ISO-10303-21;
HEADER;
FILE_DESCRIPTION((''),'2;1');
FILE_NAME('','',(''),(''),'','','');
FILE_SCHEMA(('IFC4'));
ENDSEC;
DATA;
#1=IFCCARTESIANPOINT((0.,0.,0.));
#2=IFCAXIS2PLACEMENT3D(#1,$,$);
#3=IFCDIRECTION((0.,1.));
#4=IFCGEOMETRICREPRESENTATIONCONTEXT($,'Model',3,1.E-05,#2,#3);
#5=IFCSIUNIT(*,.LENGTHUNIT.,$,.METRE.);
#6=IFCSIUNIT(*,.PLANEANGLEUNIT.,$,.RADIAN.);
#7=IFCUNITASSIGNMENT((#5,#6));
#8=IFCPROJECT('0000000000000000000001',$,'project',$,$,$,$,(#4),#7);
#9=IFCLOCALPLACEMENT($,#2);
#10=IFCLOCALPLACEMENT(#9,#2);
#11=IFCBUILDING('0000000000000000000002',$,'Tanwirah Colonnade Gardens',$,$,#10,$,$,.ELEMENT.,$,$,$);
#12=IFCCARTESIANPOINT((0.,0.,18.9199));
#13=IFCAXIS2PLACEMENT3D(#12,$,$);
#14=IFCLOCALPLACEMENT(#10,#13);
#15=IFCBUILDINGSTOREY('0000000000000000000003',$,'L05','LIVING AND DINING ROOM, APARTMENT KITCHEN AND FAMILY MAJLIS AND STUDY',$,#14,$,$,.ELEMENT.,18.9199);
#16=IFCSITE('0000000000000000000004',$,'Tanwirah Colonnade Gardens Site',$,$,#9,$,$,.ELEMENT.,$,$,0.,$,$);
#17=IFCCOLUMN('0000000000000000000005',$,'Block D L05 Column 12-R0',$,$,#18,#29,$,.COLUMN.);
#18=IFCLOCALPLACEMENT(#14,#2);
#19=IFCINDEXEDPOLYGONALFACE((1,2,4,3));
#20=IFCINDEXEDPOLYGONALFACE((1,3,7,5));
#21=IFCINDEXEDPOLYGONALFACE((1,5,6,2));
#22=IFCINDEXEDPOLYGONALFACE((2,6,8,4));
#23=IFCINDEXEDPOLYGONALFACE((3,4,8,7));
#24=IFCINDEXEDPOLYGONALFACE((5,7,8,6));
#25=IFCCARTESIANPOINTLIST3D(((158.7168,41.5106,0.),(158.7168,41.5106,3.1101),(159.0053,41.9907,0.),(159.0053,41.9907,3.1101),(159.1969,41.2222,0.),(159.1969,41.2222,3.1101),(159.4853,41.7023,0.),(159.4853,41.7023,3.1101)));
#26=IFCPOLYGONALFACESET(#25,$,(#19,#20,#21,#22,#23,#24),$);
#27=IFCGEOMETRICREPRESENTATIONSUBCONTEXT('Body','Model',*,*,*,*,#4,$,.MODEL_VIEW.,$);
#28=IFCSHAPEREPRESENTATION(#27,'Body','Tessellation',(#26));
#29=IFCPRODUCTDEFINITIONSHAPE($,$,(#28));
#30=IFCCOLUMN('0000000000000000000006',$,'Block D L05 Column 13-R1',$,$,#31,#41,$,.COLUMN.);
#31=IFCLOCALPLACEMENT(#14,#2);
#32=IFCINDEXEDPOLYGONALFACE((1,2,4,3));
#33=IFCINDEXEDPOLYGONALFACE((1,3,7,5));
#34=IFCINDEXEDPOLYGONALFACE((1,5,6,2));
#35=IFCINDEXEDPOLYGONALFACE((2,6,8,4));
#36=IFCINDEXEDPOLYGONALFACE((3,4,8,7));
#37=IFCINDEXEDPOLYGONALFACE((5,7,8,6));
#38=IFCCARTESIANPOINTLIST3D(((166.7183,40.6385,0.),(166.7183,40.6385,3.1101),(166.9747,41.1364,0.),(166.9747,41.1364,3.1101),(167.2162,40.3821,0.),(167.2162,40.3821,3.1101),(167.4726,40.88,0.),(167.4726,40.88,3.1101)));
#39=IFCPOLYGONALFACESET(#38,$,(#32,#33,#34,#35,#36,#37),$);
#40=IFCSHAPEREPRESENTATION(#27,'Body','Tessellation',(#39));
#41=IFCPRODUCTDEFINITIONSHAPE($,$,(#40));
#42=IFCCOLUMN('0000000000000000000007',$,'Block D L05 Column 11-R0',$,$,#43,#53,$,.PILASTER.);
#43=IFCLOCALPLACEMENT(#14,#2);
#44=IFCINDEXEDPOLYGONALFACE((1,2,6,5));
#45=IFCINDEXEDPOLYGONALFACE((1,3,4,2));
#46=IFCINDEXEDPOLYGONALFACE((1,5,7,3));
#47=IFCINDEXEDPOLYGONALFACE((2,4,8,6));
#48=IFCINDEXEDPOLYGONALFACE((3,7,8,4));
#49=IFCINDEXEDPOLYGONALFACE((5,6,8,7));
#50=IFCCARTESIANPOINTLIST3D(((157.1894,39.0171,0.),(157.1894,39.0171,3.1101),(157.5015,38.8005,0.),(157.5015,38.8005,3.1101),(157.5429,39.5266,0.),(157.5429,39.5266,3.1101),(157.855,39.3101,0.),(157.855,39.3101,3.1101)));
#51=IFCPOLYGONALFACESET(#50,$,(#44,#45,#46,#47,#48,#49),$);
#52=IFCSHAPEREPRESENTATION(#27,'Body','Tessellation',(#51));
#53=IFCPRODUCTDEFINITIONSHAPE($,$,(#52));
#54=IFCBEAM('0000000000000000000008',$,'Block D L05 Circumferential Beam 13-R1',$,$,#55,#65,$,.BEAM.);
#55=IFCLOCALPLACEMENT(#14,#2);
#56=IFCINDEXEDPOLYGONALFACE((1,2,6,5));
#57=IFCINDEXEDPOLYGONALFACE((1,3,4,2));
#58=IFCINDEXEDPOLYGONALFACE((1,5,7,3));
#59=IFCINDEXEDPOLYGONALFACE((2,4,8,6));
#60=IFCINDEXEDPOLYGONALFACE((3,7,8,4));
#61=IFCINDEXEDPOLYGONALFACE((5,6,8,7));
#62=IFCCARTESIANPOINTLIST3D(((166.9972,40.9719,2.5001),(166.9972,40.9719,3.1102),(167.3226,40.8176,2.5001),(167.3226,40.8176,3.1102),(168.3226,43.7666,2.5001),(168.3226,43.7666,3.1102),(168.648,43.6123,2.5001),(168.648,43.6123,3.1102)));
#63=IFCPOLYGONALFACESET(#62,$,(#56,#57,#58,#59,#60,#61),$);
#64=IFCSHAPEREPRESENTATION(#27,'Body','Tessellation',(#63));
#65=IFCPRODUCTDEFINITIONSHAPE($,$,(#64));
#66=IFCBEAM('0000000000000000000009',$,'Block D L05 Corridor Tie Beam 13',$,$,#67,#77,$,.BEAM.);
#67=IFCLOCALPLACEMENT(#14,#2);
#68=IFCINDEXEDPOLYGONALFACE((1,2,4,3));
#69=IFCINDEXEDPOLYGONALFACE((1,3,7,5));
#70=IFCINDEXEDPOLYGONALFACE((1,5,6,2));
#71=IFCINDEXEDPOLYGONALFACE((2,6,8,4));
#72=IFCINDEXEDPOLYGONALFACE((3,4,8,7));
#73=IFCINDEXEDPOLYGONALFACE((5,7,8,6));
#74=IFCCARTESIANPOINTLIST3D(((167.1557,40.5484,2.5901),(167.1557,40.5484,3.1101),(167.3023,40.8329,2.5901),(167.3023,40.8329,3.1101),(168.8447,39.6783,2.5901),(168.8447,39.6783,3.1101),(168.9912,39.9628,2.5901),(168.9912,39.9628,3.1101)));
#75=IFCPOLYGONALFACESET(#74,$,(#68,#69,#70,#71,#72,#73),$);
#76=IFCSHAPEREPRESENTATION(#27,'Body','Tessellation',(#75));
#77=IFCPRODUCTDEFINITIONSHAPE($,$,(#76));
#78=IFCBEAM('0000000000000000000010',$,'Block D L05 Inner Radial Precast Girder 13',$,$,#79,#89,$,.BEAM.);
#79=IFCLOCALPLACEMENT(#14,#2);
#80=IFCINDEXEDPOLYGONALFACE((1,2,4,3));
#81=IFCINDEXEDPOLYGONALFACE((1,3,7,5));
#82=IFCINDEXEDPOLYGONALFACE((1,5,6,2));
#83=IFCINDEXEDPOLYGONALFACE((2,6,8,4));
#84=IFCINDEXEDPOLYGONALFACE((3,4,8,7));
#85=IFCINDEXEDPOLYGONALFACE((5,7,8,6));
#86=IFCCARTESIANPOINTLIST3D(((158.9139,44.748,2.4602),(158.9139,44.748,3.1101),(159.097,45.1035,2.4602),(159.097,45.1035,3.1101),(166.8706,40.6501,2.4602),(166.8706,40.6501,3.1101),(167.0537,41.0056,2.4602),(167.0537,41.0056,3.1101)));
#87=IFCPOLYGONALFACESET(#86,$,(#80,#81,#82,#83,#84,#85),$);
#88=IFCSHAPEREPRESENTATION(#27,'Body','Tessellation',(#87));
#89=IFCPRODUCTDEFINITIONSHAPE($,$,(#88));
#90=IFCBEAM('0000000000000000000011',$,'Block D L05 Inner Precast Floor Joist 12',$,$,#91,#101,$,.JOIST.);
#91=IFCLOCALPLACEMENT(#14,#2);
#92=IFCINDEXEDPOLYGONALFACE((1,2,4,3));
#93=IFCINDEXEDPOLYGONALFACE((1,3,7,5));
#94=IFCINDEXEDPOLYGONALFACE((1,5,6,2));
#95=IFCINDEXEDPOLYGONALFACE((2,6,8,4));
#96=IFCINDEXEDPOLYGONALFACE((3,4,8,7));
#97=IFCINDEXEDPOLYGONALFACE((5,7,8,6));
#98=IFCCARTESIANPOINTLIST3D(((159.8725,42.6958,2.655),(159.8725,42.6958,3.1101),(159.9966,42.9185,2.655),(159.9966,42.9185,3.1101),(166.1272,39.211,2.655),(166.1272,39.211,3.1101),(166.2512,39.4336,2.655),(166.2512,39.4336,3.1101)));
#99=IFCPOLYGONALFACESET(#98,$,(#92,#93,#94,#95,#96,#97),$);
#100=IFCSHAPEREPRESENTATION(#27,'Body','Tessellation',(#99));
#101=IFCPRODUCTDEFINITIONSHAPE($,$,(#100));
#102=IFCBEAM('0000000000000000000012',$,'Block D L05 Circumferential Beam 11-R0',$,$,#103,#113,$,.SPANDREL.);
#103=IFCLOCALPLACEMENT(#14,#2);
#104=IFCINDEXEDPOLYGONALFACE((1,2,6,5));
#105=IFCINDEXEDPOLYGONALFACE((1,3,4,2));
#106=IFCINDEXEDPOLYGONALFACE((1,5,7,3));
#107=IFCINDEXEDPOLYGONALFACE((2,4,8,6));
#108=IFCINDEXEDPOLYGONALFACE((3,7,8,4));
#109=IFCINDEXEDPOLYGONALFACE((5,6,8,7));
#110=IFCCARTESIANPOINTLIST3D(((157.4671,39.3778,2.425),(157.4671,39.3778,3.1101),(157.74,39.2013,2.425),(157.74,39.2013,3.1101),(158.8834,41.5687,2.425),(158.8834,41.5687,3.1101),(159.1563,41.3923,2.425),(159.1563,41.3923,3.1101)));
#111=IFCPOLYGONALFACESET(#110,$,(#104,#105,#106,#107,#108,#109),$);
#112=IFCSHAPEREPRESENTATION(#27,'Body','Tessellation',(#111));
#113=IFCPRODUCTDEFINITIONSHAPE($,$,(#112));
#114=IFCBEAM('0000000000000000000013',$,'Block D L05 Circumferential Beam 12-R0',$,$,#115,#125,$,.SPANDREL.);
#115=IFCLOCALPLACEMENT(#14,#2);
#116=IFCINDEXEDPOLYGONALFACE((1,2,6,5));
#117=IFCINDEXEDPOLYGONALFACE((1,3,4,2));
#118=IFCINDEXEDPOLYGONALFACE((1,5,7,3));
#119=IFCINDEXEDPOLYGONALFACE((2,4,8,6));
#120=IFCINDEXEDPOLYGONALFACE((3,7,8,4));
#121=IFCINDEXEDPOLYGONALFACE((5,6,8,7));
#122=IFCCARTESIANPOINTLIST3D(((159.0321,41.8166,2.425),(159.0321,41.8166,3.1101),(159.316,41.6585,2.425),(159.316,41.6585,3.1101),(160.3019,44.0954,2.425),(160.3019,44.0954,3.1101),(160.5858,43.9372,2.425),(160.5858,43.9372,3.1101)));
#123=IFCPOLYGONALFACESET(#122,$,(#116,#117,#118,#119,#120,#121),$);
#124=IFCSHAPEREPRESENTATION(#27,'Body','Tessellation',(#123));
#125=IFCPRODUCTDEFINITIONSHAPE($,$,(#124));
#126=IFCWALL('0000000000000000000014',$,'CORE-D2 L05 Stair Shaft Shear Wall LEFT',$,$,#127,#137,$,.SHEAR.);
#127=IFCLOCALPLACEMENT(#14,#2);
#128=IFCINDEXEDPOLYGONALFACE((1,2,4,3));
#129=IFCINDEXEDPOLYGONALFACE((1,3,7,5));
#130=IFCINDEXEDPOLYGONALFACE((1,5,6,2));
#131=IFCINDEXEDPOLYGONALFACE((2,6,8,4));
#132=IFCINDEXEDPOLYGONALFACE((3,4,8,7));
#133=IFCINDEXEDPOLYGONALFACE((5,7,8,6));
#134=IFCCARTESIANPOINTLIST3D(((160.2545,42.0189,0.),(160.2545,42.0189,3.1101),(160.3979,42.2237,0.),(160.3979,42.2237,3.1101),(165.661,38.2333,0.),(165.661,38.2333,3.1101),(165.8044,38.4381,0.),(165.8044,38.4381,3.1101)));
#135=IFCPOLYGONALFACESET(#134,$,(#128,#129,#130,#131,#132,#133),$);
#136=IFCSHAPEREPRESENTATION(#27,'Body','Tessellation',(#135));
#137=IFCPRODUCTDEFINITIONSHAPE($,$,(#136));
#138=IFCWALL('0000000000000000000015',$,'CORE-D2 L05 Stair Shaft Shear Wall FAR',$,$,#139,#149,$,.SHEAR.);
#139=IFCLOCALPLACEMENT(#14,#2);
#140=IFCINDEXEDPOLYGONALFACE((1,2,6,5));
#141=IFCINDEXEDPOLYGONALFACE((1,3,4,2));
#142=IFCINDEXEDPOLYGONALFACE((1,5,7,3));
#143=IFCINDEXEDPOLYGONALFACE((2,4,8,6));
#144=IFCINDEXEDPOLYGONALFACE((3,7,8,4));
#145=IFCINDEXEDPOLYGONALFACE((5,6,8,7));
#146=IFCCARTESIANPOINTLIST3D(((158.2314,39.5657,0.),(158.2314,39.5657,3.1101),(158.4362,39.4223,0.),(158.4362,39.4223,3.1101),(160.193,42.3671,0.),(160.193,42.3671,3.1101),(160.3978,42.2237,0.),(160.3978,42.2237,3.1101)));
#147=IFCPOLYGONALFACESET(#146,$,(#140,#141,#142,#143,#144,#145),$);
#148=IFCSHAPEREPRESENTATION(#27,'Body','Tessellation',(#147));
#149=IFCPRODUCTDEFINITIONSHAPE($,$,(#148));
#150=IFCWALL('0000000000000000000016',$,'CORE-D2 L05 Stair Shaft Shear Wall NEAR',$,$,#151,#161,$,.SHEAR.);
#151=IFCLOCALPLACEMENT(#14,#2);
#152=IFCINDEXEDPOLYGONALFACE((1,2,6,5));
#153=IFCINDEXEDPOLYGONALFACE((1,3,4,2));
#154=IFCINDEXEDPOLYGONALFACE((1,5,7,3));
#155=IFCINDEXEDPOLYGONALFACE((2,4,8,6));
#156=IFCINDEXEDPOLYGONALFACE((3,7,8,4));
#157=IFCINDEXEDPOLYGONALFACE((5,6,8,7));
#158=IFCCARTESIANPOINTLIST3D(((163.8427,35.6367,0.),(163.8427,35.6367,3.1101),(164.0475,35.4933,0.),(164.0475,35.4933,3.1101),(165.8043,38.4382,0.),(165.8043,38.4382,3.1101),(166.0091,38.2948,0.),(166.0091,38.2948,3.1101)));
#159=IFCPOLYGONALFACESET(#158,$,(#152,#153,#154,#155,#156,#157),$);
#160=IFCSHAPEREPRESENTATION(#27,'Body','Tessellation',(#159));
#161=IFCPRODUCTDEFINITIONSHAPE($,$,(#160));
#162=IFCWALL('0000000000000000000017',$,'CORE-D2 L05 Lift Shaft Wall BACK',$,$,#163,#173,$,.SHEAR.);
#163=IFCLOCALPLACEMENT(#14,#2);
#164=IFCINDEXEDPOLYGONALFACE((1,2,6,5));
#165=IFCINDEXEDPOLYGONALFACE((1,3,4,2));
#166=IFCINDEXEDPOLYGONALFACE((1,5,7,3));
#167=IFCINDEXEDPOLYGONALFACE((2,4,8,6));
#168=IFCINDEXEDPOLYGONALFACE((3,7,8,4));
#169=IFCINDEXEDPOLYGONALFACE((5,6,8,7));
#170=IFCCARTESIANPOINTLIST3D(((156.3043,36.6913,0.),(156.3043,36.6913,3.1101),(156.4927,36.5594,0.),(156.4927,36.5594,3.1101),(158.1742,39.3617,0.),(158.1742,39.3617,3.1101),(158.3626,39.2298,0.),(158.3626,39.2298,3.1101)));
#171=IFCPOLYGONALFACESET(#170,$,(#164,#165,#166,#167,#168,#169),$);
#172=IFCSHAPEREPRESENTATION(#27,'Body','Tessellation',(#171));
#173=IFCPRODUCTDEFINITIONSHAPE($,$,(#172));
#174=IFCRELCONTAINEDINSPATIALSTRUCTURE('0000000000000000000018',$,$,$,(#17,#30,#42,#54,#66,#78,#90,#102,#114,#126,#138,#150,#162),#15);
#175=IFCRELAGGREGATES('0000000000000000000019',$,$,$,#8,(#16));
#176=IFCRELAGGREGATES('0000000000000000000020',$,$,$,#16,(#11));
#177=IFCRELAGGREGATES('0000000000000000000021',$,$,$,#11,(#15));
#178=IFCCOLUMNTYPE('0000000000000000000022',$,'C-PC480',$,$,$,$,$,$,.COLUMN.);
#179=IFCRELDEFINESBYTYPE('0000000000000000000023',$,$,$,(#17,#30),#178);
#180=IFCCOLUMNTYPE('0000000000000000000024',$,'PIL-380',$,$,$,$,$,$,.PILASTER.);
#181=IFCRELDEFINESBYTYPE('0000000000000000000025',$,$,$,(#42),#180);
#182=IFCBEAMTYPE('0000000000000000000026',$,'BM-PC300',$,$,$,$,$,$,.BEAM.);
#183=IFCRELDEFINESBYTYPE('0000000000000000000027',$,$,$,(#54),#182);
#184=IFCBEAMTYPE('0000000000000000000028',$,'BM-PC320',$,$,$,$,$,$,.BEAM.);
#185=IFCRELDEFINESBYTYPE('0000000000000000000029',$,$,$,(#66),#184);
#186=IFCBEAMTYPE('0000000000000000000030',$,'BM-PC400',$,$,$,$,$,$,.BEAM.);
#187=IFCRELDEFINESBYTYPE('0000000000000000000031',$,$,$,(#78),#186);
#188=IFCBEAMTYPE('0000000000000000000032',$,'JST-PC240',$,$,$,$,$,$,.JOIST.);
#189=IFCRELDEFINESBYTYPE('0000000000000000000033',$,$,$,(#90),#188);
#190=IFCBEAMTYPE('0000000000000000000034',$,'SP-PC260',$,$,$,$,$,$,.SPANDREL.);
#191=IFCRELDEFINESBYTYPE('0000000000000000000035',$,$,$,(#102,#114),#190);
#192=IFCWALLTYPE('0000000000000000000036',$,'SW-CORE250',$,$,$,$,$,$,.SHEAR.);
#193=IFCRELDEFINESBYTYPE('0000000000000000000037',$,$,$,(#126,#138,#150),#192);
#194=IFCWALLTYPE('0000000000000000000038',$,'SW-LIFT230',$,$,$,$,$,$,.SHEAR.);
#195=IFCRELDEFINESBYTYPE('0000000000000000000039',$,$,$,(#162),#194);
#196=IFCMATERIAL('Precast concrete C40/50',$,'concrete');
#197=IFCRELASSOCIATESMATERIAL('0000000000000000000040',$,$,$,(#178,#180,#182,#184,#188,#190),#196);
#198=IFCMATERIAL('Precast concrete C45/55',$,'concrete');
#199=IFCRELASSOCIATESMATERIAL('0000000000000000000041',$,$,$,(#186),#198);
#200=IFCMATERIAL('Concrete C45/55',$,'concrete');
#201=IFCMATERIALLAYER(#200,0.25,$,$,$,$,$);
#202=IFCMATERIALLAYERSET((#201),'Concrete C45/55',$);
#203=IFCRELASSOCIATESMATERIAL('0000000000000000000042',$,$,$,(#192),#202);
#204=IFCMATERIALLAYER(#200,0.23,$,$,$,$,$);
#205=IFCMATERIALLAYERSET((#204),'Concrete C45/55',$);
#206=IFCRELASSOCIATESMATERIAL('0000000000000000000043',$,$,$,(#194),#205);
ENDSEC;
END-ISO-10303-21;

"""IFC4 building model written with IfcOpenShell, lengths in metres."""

from ifc_helpers import new_model, si_unit, direction, frame, frame_2d, origin, origin_2d, place, context, subcontext, project, spatial, rectangle, extrude, material, layer, layer_set, material_profile, profile_set, type_object, element, save


model = new_model("IFC4")

# Units and contexts
model_context = context("Model", 3, precision=1e-05, world=origin(), true_north=direction((0.0, 1.0)))
body_context = subcontext(model_context, "Body", "Model", "MODEL_VIEW")
ifc_project = project(units=[si_unit("LENGTHUNIT", "METRE"), si_unit("PLANEANGLEUNIT", "RADIAN")], contexts=[model_context])

# Site, building, storey
site_placement = place(None, origin())
site = spatial("IfcSite", under=ifc_project, at=site_placement, Name="Tanwirah Colonnade Gardens Site", CompositionType="ELEMENT", RefElevation=0.0)
building_placement = place(site_placement, origin())
building = spatial("IfcBuilding", under=site, at=building_placement, Name="Tanwirah Colonnade Gardens", CompositionType="ELEMENT")
storey_placement = place(building_placement, frame((0.0, 0.0, 18.9199)))
storey = spatial("IfcBuildingStorey", under=building, at=storey_placement, Name="L05", Description="LIVING AND DINING ROOM, APARTMENT KITCHEN AND FAMILY MAJLIS AND STUDY", CompositionType="ELEMENT", Elevation=18.9199)

# Columns
ifc_material_1 = material(Name="Precast concrete C40/50", Category="concrete")
ifc_material_profile_1 = material_profile(ifc_material_1, rectangle(XDim=0.5601, YDim=0.5601, at=origin_2d()), Name="PC-COL 560x560")
ifc_profile_set_1 = profile_set([ifc_material_profile_1], Name="Precast concrete C40/50")
column_type_1 = type_object("IfcColumnType", Name="C-PC480", PredefinedType="COLUMN", material=ifc_profile_set_1)
for number, where, z_axis, x_axis, name in (
    (1, (159.1011, 41.6064, 0.0), (0.0, 0.0, 1.0), (0.857167, -0.515038, 0.0), "Block D L05 Column 12-R0"),
    (2, (167.0955, 40.7593, 0.0), (0.0, 0.0, 1.0), (0.889017, -0.457874, 0.0), "Block D L05 Column 13-R1"),
):
    element("IfcColumn", number, at=place(storey_placement, frame(where, z_axis=z_axis, x_axis=x_axis)), inside=storey, type_object=column_type_1, Name=name, PredefinedType="COLUMN", context=body_context, shape_type="SweptSolid", body=[
        extrude(rectangle(XDim=0.5601, YDim=0.5601, at=origin_2d()), origin(), (0.0, 0.0, 1.0), 3.1101),
    ])
ifc_material_profile_2 = material_profile(ifc_material_1, rectangle(XDim=0.3799, YDim=0.6201, at=origin_2d()), Name="PC-PIL 380x620")
ifc_profile_set_2 = profile_set([ifc_material_profile_2], Name="Precast concrete C40/50")
column_type_2 = type_object("IfcColumnType", Name="PIL-380", PredefinedType="PILASTER", material=ifc_profile_set_2)
column_placement = place(storey_placement, frame((157.5222, 39.1636, 0.0), z_axis=(0.0, 0.0, 1.0), x_axis=(0.821647, -0.569997, 0.0)))
element("IfcColumn", 3, at=column_placement, inside=storey, type_object=column_type_2, Name="Block D L05 Column 11-R0", PredefinedType="PILASTER", context=body_context, shape_type="SweptSolid", body=[
    extrude(rectangle(XDim=0.3799, YDim=0.6201, at=origin_2d()), origin(), (0.0, 0.0, 1.0), 3.1101),
])

# Beams
ifc_material_profile_3 = material_profile(ifc_material_1, rectangle(XDim=0.3601, YDim=0.6101, at=origin_2d()), Name="PC-BM 360x610")
ifc_profile_set_3 = profile_set([ifc_material_profile_3], Name="Precast concrete C40/50")
beam_type_1 = type_object("IfcBeamType", Name="BM-PC300", PredefinedType="BEAM", material=ifc_profile_set_3)
beam_1_placement = place(storey_placement, frame((167.1599, 40.8948, 2.8052), z_axis=(0.428521, 0.903532, 0.0), x_axis=(-0.903532, 0.428521, 0.0)))
element("IfcBeam", 4, at=beam_1_placement, inside=storey, type_object=beam_type_1, Name="Block D L05 Circumferential Beam 13-R1", PredefinedType="BEAM", context=body_context, shape_type="SweptSolid", body=[
    extrude(rectangle(XDim=0.3601, YDim=0.6101, at=origin_2d()), origin(), (0.0, 0.0, 1.0), 3.093),
])
ifc_material_profile_4 = material_profile(ifc_material_1, rectangle(XDim=0.3201, YDim=0.52, at=origin_2d()), Name="PC-BM 320x520")
ifc_profile_set_4 = profile_set([ifc_material_profile_4], Name="Precast concrete C40/50")
beam_type_2 = type_object("IfcBeamType", Name="BM-PC320", PredefinedType="BEAM", material=ifc_profile_set_4)
beam_2_placement = place(storey_placement, frame((167.229, 40.6907, 2.8501), z_axis=(0.888965, -0.457975, 0.0), x_axis=(0.457975, 0.888965, 0.0)))
element("IfcBeam", 5, at=beam_2_placement, inside=storey, type_object=beam_type_2, Name="Block D L05 Corridor Tie Beam 13", PredefinedType="BEAM", context=body_context, shape_type="SweptSolid", body=[
    extrude(rectangle(XDim=0.3201, YDim=0.52, at=origin_2d()), origin(), (0.0, 0.0, 1.0), 1.8999),
])
ifc_material_2 = material(Name="Precast concrete C45/55", Category="concrete")
ifc_material_profile_5 = material_profile(ifc_material_2, rectangle(XDim=0.3999, YDim=0.6499, at=origin_2d()), Name="PC-BM 400x650")
ifc_profile_set_5 = profile_set([ifc_material_profile_5], Name="Precast concrete C45/55")
beam_type_3 = type_object("IfcBeamType", Name="BM-PC400", PredefinedType="BEAM", material=ifc_profile_set_5)
beam_3_placement = place(storey_placement, frame((166.9622, 40.8279, 2.7852), z_axis=(-0.889022, 0.457864, 0.0), x_axis=(-0.457864, -0.889022, 0.0)))
element("IfcBeam", 6, at=beam_3_placement, inside=storey, type_object=beam_type_3, Name="Block D L05 Inner Radial Precast Girder 13", PredefinedType="BEAM", context=body_context, shape_type="SweptSolid", body=[
    extrude(rectangle(XDim=0.3999, YDim=0.6499, at=origin_2d()), origin(), (0.0, 0.0, 1.0), 8.95),
])
ifc_material_profile_6 = material_profile(ifc_material_1, rectangle(XDim=0.2549, YDim=0.4551, at=origin_2d()), Name="PC-JST 255x455")
ifc_profile_set_6 = profile_set([ifc_material_profile_6], Name="Precast concrete C40/50")
beam_type_4 = type_object("IfcBeamType", Name="JST-PC240", PredefinedType="JOIST", material=ifc_profile_set_6)
beam_4_placement = place(storey_placement, frame((159.9346, 42.8071, 2.8826), z_axis=(0.87356, -0.486717, 0.0), x_axis=(0.486717, 0.87356, 0.0)))
element("IfcBeam", 7, at=beam_4_placement, inside=storey, type_object=beam_type_4, Name="Block D L05 Inner Precast Floor Joist 12", PredefinedType="JOIST", context=body_context, shape_type="SweptSolid", body=[
    extrude(rectangle(XDim=0.2549, YDim=0.4551, at=origin_2d()), origin(), (0.0, 0.0, 1.0), 7.1599),
])
ifc_material_profile_7 = material_profile(ifc_material_1, rectangle(XDim=0.325, YDim=0.6851, at=origin_2d()), Name="PC-SP 325x685")
ifc_profile_set_7 = profile_set([ifc_material_profile_7], Name="Precast concrete C40/50")
beam_type_5 = type_object("IfcBeamType", Name="SP-PC260", PredefinedType="SPANDREL", material=ifc_profile_set_7)
beam_5_placement = place(storey_placement, frame((157.6035, 39.2896, 2.7676), z_axis=(0.542875, 0.839814, 0.0), x_axis=(-0.839814, 0.542875, 0.0)))
element("IfcBeam", 8, at=beam_5_placement, inside=storey, type_object=beam_type_5, Name="Block D L05 Circumferential Beam 11-R0", PredefinedType="SPANDREL", context=body_context, shape_type="SweptSolid", body=[
    extrude(rectangle(XDim=0.325, YDim=0.6851, at=origin_2d()), origin(), (0.0, 0.0, 1.0), 2.6089),
])
beam_6_placement = place(storey_placement, frame((159.1741, 41.7375, 2.7676), z_axis=(0.486747, 0.873543, 0.0), x_axis=(-0.873543, 0.486747, 0.0)))
element("IfcBeam", 9, at=beam_6_placement, inside=storey, type_object=beam_type_5, Name="Block D L05 Circumferential Beam 12-R0", PredefinedType="SPANDREL", context=body_context, shape_type="SweptSolid", body=[
    extrude(rectangle(XDim=0.325, YDim=0.6851, at=origin_2d()), origin(), (0.0, 0.0, 1.0), 2.6086),
])

# Walls
ifc_material_3 = material(Name="Concrete C45/55", Category="concrete")
ifc_layer_1 = layer(ifc_material_3, 0.25)
ifc_layer_set_1 = layer_set([ifc_layer_1], Name="Concrete C45/55")
wall_type_1 = type_object("IfcWallType", Name="SW-CORE250", PredefinedType="SHEAR", material=ifc_layer_set_1)
wall_1_placement = place(storey_placement, frame((165.7327, 38.3357, 0.0), z_axis=(0.0, 0.0, 1.0), x_axis=(-0.819154, 0.573574, 0.0)))
element("IfcWall", 10, at=wall_1_placement, inside=storey, type_object=wall_type_1, Name="CORE-D2 L05 Stair Shaft Shear Wall LEFT", PredefinedType="SHEAR", context=body_context, shape_type="SweptSolid", body=[
    extrude(rectangle(XDim=6.6001, YDim=0.25, at=frame_2d((3.3, 0.0))), origin(), (0.0, 0.0, 1.0), 3.1101),
])
for number, where, z_axis, x_axis, name in (
    (11, (160.2954, 42.2954, 0.0), (0.0, 0.0, 1.0), (-0.573582, -0.819148, 0.0), "CORE-D2 L05 Stair Shaft Shear Wall FAR"),
    (12, (165.9067, 38.3665, 0.0), (0.0, 0.0, 1.0), (-0.573582, -0.819148, 0.0), "CORE-D2 L05 Stair Shaft Shear Wall NEAR"),
):
    element("IfcWall", number, at=place(storey_placement, frame(where, z_axis=z_axis, x_axis=x_axis)), inside=storey, type_object=wall_type_1, Name=name, PredefinedType="SHEAR", context=body_context, shape_type="SweptSolid", body=[
        extrude(rectangle(XDim=3.4199, YDim=0.25, at=frame_2d((1.71, 0.0))), origin(), (0.0, 0.0, 1.0), 3.1101),
    ])
ifc_layer_2 = layer(ifc_material_3, 0.23)
ifc_layer_set_2 = layer_set([ifc_layer_2], Name="Concrete C45/55")
wall_type_2 = type_object("IfcWallType", Name="SW-LIFT230", PredefinedType="SHEAR", material=ifc_layer_set_2)
wall_2_placement = place(storey_placement, frame((158.2683, 39.2957, 0.0), z_axis=(0.0, 0.0, 1.0), x_axis=(-0.573583, -0.819147, 0.0)))
element("IfcWall", 13, at=wall_2_placement, inside=storey, type_object=wall_type_2, Name="CORE-D2 L05 Lift Shaft Wall BACK", PredefinedType="SHEAR", context=body_context, shape_type="SweptSolid", body=[
    extrude(rectangle(XDim=3.26, YDim=0.23, at=frame_2d((1.6299, 0.0))), origin(), (0.0, 0.0, 1.0), 3.1101),
])

save(model, "model.ifc")
